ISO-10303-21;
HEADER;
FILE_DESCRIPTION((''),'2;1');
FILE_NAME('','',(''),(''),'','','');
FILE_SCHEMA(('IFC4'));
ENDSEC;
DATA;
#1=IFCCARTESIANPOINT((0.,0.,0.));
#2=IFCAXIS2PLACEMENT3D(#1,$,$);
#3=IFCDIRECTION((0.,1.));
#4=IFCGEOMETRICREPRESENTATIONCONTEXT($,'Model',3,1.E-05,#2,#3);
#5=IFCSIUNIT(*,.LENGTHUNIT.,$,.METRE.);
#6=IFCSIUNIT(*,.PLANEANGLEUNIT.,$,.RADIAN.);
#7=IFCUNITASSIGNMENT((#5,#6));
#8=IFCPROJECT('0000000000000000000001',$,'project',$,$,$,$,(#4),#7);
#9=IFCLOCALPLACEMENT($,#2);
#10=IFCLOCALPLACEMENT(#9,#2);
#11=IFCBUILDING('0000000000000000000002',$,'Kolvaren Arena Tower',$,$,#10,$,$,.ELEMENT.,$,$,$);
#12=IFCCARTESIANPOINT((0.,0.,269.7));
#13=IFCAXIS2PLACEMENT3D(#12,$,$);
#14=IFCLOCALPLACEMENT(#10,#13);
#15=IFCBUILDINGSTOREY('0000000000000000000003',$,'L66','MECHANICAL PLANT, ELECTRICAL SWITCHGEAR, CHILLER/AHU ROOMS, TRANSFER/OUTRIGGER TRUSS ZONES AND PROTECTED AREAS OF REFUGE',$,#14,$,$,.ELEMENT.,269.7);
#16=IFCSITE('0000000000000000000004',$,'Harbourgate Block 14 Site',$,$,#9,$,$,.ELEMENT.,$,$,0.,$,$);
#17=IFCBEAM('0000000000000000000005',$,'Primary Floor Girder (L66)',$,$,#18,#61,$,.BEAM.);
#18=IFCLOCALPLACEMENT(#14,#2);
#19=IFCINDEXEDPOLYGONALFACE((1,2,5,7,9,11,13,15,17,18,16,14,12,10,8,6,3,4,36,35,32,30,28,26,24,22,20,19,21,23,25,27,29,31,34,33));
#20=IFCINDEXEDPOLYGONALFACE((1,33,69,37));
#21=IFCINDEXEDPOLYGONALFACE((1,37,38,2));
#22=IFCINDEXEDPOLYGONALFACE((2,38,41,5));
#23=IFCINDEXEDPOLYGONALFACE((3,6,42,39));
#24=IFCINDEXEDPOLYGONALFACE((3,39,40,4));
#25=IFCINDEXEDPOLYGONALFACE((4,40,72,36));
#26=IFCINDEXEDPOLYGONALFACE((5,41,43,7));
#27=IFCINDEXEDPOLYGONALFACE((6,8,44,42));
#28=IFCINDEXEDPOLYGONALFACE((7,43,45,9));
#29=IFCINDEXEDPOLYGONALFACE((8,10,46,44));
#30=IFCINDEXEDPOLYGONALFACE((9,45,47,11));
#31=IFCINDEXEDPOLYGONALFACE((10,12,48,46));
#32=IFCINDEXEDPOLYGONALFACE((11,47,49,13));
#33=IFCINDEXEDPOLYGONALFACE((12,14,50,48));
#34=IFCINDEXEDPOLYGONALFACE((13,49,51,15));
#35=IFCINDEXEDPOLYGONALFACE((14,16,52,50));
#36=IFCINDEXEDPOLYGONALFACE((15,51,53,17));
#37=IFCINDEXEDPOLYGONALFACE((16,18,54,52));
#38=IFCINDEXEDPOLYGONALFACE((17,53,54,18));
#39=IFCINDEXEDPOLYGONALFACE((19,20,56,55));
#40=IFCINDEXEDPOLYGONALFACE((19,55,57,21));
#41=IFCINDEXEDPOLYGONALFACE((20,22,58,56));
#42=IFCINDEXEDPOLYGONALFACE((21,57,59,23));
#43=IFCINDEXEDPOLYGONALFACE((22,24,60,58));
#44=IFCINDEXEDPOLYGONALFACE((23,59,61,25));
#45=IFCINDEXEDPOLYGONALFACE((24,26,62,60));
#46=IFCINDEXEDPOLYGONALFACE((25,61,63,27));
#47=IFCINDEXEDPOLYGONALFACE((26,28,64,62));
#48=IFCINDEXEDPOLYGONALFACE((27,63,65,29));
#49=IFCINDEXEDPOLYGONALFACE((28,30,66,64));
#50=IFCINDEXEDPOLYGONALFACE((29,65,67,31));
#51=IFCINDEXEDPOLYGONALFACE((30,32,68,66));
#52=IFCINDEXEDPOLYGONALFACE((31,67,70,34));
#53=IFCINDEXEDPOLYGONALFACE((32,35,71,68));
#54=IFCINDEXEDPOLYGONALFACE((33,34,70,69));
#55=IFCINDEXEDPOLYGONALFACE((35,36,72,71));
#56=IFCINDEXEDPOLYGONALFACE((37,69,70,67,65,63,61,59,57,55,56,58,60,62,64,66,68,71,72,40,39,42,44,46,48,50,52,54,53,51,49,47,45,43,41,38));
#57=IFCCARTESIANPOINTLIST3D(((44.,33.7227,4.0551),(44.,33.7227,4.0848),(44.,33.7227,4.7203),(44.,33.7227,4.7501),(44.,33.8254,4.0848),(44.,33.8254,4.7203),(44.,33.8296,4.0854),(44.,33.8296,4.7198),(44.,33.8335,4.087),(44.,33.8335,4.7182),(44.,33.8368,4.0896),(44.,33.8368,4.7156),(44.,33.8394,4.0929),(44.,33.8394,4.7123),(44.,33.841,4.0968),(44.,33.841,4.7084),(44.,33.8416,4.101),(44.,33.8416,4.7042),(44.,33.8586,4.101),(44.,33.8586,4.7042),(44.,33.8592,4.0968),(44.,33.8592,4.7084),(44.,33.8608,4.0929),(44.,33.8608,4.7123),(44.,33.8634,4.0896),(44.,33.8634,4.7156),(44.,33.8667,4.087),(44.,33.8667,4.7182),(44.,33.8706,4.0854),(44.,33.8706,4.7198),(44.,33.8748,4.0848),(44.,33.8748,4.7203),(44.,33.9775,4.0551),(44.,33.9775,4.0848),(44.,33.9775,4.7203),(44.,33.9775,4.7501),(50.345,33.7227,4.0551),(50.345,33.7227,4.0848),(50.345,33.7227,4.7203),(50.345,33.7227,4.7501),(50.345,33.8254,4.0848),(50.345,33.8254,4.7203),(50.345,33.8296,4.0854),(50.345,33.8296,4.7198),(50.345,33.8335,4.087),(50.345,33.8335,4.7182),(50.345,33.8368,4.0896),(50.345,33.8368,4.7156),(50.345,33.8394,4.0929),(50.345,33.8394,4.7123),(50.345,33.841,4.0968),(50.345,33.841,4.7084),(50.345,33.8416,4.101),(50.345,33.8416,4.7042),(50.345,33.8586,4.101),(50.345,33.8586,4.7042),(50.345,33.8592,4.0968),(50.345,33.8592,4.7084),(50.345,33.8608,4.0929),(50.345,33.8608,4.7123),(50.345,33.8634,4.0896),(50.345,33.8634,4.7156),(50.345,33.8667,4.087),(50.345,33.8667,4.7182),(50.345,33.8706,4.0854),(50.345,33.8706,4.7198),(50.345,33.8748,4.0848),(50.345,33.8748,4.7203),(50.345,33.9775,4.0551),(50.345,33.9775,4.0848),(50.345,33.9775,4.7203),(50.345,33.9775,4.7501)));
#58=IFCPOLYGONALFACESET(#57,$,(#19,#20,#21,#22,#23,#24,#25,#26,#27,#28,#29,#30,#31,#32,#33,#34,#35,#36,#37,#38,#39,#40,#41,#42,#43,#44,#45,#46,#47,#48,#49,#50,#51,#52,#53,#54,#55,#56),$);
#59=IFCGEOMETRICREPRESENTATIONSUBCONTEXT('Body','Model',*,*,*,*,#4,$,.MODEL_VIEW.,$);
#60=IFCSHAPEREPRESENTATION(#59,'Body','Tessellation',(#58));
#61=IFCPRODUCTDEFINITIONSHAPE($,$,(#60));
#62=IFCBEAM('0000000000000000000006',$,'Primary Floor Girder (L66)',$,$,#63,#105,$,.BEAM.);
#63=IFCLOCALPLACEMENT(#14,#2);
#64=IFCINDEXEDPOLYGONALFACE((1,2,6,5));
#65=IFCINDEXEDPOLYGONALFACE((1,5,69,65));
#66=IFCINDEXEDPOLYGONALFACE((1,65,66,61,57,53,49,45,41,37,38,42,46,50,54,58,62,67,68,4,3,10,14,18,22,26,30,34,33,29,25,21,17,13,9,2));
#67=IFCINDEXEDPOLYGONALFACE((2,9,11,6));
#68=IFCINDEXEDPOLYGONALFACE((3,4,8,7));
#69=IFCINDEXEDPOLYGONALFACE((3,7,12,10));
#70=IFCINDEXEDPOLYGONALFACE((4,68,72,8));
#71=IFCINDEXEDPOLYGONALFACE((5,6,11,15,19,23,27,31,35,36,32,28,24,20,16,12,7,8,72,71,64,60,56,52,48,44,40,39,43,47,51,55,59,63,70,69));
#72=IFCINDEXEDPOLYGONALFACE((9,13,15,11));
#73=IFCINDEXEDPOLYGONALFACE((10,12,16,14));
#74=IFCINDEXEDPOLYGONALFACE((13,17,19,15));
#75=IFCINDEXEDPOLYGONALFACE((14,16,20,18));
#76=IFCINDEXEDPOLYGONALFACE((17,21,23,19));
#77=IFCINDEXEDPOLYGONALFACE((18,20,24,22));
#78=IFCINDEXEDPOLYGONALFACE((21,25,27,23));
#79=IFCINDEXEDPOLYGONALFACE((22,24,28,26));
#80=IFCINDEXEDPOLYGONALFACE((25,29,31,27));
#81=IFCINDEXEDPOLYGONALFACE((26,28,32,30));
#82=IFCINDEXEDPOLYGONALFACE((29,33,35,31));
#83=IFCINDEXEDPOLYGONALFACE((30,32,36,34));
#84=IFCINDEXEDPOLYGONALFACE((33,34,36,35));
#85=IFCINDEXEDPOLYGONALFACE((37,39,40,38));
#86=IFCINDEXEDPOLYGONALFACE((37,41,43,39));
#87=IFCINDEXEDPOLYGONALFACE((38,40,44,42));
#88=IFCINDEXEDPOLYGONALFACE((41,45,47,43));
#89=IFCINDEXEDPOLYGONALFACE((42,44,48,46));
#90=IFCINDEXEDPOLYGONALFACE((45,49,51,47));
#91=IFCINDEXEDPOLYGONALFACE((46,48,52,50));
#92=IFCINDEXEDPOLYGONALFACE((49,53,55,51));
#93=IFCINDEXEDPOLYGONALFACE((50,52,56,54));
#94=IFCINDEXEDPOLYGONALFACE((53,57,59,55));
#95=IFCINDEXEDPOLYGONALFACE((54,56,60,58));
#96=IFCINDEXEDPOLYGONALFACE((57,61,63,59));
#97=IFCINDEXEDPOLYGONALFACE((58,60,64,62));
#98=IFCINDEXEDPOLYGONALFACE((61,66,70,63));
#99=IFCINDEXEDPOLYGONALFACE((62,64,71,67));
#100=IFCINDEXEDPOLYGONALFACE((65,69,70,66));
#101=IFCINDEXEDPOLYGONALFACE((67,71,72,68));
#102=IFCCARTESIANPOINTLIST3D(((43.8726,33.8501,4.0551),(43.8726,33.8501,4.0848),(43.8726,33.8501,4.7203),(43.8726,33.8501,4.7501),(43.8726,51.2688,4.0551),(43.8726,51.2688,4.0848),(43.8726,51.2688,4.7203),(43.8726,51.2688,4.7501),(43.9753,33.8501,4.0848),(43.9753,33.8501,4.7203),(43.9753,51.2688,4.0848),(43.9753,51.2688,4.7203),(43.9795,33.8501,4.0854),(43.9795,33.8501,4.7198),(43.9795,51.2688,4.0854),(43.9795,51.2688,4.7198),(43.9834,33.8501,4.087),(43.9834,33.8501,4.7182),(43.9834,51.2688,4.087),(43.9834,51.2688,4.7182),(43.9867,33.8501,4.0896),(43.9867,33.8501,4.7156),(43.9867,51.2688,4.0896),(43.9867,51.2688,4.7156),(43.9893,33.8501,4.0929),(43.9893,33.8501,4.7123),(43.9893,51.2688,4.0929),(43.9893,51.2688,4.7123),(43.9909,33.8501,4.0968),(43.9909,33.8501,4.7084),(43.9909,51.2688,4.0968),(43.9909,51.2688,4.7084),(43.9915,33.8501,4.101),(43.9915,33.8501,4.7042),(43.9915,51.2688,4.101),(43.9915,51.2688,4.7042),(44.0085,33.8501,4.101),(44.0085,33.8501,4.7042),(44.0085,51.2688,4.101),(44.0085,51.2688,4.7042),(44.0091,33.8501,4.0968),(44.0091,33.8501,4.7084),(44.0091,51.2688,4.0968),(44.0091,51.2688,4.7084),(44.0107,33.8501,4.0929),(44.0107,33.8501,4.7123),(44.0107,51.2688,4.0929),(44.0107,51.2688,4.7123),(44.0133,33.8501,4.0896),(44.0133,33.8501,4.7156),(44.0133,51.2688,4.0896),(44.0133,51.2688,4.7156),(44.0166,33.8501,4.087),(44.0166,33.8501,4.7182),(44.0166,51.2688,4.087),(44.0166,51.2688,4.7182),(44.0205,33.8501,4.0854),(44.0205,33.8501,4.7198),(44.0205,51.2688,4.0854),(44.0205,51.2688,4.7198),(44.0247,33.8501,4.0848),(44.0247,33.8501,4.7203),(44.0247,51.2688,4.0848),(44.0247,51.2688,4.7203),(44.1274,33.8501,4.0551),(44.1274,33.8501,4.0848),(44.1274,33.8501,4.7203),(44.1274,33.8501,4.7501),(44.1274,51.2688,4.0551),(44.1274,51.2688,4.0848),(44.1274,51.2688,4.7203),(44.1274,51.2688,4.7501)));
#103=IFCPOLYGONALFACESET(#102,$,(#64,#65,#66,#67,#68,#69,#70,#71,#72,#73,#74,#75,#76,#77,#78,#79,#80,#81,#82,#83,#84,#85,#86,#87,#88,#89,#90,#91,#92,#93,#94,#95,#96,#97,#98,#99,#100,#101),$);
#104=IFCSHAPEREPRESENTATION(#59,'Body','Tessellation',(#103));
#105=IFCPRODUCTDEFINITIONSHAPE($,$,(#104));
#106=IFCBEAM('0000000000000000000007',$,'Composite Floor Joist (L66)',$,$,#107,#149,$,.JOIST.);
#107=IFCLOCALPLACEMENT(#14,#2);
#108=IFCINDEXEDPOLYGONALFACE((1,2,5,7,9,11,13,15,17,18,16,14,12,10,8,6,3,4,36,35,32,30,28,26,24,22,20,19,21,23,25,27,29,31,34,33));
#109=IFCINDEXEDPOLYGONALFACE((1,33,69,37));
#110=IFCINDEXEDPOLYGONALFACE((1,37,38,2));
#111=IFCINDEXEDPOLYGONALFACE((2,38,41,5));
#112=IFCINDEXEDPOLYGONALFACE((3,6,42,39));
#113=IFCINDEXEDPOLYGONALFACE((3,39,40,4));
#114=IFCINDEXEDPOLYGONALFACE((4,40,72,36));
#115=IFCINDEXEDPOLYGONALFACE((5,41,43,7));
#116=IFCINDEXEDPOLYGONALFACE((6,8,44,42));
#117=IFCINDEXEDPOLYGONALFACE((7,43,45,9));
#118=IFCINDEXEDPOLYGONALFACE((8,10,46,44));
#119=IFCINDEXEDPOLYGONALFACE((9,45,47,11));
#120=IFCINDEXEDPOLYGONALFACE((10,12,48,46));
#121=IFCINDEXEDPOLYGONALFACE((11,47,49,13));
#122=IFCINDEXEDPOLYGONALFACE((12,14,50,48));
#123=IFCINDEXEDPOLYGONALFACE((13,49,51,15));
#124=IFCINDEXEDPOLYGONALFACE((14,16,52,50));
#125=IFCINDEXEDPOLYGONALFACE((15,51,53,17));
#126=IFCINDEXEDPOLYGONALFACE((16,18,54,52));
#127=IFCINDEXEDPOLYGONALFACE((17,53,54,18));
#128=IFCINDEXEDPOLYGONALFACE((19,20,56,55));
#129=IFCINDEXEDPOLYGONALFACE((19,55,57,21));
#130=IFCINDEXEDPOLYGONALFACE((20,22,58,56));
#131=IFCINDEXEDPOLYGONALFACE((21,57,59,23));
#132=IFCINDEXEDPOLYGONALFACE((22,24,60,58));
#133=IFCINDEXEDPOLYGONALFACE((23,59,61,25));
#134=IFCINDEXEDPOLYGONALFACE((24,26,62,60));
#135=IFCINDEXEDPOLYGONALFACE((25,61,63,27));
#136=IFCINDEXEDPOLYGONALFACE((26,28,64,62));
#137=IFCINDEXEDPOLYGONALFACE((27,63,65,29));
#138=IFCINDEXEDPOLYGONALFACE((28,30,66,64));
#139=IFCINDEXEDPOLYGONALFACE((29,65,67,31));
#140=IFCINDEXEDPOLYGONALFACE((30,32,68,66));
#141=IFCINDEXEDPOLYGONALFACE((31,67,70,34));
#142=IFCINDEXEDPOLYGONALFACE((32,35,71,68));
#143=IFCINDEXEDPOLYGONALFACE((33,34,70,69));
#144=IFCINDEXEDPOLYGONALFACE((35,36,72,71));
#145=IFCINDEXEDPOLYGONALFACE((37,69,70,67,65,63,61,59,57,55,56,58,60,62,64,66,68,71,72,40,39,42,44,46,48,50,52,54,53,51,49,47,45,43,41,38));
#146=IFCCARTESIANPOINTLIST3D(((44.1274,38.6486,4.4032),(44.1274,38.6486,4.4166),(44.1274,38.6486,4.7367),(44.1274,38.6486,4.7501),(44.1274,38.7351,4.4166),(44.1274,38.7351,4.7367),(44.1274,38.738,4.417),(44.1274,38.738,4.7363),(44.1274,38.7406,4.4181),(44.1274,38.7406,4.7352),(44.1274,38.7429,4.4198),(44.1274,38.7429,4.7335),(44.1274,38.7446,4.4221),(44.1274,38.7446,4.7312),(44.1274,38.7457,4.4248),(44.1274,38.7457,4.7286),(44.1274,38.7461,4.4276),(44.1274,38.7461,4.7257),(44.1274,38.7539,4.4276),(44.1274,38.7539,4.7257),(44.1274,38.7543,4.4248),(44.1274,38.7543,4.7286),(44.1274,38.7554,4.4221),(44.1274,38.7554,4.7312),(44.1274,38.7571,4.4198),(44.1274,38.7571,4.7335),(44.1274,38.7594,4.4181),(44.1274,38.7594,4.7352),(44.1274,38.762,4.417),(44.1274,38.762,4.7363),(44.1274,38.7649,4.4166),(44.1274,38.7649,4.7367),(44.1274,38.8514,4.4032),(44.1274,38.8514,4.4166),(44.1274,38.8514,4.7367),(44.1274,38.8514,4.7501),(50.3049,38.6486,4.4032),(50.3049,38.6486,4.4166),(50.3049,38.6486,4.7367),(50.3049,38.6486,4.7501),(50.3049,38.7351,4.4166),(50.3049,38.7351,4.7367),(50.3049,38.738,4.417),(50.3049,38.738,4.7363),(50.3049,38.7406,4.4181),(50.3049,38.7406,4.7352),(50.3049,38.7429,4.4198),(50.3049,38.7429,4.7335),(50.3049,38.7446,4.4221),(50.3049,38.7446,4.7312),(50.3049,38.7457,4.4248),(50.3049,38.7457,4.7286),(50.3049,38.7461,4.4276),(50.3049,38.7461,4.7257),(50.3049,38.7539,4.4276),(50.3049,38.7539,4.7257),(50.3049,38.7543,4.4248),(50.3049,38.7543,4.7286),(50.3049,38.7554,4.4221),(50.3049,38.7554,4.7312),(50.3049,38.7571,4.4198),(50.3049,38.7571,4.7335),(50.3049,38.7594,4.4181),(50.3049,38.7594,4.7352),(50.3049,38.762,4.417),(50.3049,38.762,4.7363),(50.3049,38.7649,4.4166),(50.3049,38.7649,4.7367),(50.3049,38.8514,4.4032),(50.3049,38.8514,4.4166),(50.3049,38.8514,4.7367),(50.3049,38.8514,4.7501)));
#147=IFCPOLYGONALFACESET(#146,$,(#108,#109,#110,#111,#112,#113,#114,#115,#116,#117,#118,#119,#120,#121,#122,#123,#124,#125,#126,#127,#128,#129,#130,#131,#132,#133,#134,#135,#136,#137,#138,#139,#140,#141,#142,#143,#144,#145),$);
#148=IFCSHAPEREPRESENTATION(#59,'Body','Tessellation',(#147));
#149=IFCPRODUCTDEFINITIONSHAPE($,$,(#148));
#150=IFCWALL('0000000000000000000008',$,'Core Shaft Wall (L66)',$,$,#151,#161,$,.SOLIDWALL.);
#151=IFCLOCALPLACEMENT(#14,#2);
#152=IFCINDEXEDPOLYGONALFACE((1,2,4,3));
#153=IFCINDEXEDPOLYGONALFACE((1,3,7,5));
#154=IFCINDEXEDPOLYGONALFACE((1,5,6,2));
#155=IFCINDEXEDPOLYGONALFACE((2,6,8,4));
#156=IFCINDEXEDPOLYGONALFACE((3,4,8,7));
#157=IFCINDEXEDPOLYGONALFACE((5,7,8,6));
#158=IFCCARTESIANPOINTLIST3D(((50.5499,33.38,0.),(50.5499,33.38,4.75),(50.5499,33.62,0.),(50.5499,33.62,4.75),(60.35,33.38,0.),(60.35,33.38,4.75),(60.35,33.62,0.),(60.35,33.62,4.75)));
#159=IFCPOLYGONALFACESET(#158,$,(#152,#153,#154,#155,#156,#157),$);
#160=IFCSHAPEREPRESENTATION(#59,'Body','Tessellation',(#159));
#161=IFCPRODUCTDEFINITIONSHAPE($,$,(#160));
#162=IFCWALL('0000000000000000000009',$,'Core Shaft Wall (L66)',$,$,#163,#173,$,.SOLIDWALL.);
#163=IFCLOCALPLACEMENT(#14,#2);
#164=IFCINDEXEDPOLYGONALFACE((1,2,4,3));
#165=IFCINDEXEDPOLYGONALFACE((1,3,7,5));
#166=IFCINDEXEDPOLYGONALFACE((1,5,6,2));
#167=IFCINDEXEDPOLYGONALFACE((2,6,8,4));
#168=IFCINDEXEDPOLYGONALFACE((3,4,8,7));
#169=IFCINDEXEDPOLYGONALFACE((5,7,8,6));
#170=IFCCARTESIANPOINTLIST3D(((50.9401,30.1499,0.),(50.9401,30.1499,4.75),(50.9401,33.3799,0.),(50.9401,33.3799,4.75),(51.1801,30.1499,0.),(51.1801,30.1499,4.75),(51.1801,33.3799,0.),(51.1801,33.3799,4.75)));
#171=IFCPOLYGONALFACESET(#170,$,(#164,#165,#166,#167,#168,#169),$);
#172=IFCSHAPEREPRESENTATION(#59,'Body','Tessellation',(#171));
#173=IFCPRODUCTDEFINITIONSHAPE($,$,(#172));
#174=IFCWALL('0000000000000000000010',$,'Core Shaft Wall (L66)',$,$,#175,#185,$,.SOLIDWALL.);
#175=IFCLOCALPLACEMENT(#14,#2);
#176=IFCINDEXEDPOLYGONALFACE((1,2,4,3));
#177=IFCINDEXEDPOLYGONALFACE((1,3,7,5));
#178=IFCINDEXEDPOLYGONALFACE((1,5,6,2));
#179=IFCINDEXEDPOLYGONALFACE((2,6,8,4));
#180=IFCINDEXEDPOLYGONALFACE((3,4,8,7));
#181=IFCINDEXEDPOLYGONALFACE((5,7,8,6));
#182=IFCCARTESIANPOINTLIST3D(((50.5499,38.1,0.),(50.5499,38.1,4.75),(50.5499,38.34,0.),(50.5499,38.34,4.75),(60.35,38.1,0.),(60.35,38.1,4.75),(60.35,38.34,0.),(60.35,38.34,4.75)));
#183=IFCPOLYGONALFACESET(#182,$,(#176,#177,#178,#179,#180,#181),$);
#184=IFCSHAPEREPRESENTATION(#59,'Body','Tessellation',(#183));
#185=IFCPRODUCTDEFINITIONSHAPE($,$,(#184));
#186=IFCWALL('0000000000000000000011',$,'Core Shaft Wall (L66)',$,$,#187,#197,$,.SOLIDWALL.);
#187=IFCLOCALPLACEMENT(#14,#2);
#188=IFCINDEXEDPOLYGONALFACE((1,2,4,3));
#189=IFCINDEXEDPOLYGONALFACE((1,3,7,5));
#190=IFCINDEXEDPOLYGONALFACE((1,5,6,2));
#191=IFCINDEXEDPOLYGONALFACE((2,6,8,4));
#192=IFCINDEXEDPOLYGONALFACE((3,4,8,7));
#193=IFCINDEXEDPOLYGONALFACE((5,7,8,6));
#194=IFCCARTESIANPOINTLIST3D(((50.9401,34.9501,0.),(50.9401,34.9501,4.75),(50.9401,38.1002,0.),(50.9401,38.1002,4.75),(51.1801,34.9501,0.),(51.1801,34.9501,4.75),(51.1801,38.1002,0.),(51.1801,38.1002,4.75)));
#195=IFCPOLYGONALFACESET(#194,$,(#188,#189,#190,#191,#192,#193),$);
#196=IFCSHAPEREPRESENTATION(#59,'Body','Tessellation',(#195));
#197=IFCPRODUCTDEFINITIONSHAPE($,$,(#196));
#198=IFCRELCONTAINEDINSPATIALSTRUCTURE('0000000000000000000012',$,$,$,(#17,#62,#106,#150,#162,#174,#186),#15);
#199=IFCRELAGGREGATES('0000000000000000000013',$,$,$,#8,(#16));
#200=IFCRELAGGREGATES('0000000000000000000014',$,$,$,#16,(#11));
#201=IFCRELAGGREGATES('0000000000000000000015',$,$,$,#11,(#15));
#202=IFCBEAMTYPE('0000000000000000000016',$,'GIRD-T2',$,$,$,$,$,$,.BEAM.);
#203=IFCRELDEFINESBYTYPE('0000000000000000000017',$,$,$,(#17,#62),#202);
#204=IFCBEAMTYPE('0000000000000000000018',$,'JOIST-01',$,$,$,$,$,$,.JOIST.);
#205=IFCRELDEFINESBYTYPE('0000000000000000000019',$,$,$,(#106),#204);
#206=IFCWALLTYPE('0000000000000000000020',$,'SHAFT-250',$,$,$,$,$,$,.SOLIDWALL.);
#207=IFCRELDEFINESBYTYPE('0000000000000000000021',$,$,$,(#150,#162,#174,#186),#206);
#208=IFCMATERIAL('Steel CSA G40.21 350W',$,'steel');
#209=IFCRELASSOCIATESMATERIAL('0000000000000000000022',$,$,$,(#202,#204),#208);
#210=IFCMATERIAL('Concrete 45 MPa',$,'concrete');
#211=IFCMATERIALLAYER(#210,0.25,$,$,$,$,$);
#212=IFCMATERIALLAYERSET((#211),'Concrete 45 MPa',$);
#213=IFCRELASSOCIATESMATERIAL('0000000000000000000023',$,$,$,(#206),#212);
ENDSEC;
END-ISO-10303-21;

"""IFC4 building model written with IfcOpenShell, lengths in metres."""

from ifc_helpers import new_model, si_unit, direction, frame, frame_2d, origin, origin_2d, place, context, subcontext, project, spatial, rectangle, i_section, extrude, material, layer, layer_set, material_profile, profile_set, type_object, element, save


model = new_model("IFC4")

# Units and contexts
model_context = context("Model", 3, precision=1e-05, world=origin(), true_north=direction((0.0, 1.0)))
body_context = subcontext(model_context, "Body", "Model", "MODEL_VIEW")
ifc_project = project(units=[si_unit("LENGTHUNIT", "METRE"), si_unit("PLANEANGLEUNIT", "RADIAN")], contexts=[model_context])

# Site, building, storey
site_placement = place(None, origin())
site = spatial("IfcSite", under=ifc_project, at=site_placement, Name="Harbourgate Block 14 Site", CompositionType="ELEMENT", RefElevation=0.0)
building_placement = place(site_placement, origin())
building = spatial("IfcBuilding", under=site, at=building_placement, Name="Kolvaren Arena Tower", CompositionType="ELEMENT")
storey_placement = place(building_placement, frame((0.0, 0.0, 269.7)))
storey = spatial("IfcBuildingStorey", under=building, at=storey_placement, Name="L66", Description="MECHANICAL PLANT, ELECTRICAL SWITCHGEAR, CHILLER/AHU ROOMS, TRANSFER/OUTRIGGER TRUSS ZONES AND PROTECTED AREAS OF REFUGE", CompositionType="ELEMENT", Elevation=269.7)

# Beams
ifc_material_1 = material(Name="Steel CSA G40.21 350W", Category="steel")
ifc_material_profile_1 = material_profile(ifc_material_1, i_section(OverallWidth=0.2549, OverallDepth=0.6951, WebThickness=0.0171, FlangeThickness=0.0298, FilletRadius=0.0161, at=origin_2d()), Name="W690x217")
ifc_profile_set_1 = profile_set([ifc_material_profile_1], Name="Steel CSA G40.21 350W")
beam_type_1 = type_object("IfcBeamType", Name="GIRD-T2", PredefinedType="BEAM", material=ifc_profile_set_1)
beam_1_placement = place(storey_placement, frame((44.0, 33.8501, 4.4026), z_axis=(1.0, 0.0, 0.0), x_axis=(0.0, 1.0, 0.0)))
element("IfcBeam", 1, at=beam_1_placement, inside=storey, type_object=beam_type_1, Name="Primary Floor Girder (L66)", PredefinedType="BEAM", context=body_context, shape_type="SweptSolid", body=[
    extrude(i_section(OverallWidth=0.2549, OverallDepth=0.6951, WebThickness=0.0171, FlangeThickness=0.0298, FilletRadius=0.0161, at=origin_2d()), origin(), (0.0, 0.0, 1.0), 6.345),
])
beam_2_placement = place(storey_placement, frame((44.0, 33.8501, 4.4026), z_axis=(0.0, 1.0, 0.0), x_axis=(-1.0, 0.0, 0.0)))
element("IfcBeam", 2, at=beam_2_placement, inside=storey, type_object=beam_type_1, Name="Primary Floor Girder (L66)", PredefinedType="BEAM", context=body_context, shape_type="SweptSolid", body=[
    extrude(i_section(OverallWidth=0.2549, OverallDepth=0.6951, WebThickness=0.0171, FlangeThickness=0.0298, FilletRadius=0.0161, at=origin_2d()), origin(), (0.0, 0.0, 1.0), 17.4187),
])
ifc_material_profile_2 = material_profile(ifc_material_1, i_section(OverallWidth=0.2029, OverallDepth=0.3469, WebThickness=0.0078, FlangeThickness=0.0134, FilletRadius=0.011, at=origin_2d()), Name="W360x64")
ifc_profile_set_2 = profile_set([ifc_material_profile_2], Name="Steel CSA G40.21 350W")
beam_type_2 = type_object("IfcBeamType", Name="JOIST-01", PredefinedType="JOIST", material=ifc_profile_set_2)
beam_3_placement = place(storey_placement, frame((44.1274, 38.75, 4.5767), z_axis=(1.0, 0.0, 0.0), x_axis=(0.0, 1.0, 0.0)))
element("IfcBeam", 3, at=beam_3_placement, inside=storey, type_object=beam_type_2, Name="Composite Floor Joist (L66)", PredefinedType="JOIST", context=body_context, shape_type="SweptSolid", body=[
    extrude(i_section(OverallWidth=0.2029, OverallDepth=0.3469, WebThickness=0.0078, FlangeThickness=0.0134, FilletRadius=0.011, at=origin_2d()), origin(), (0.0, 0.0, 1.0), 6.1775),
])

# Walls
ifc_material_2 = material(Name="Concrete 45 MPa", Category="concrete")
ifc_layer = layer(ifc_material_2, 0.25)
ifc_layer_set = layer_set([ifc_layer], Name="Concrete 45 MPa")
wall_type = type_object("IfcWallType", Name="SHAFT-250", PredefinedType="SOLIDWALL", material=ifc_layer_set)
wall_1_placement = place(storey_placement, frame((50.55, 33.5, 0.0), z_axis=(0.0, 0.0, 1.0), x_axis=(1.0, 0.0, 0.0)))
element("IfcWall", 4, at=wall_1_placement, inside=storey, type_object=wall_type, Name="Core Shaft Wall (L66)", PredefinedType="SOLIDWALL", context=body_context, shape_type="SweptSolid", body=[
    extrude(rectangle(XDim=9.8, YDim=0.24, at=frame_2d((4.8999, 0.0))), origin(), (0.0, 0.0, 1.0), 4.75),
])
wall_2_placement = place(storey_placement, frame((51.0601, 30.1499, 0.0), z_axis=(0.0, 0.0, 1.0), x_axis=(0.0, 1.0, 0.0)))
element("IfcWall", 5, at=wall_2_placement, inside=storey, type_object=wall_type, Name="Core Shaft Wall (L66)", PredefinedType="SOLIDWALL", context=body_context, shape_type="SweptSolid", body=[
    extrude(rectangle(XDim=3.23, YDim=0.24, at=frame_2d((1.615, 0.0))), origin(), (0.0, 0.0, 1.0), 4.75),
])
wall_3_placement = place(storey_placement, frame((50.55, 38.22, 0.0), z_axis=(0.0, 0.0, 1.0), x_axis=(1.0, 0.0, 0.0)))
element("IfcWall", 6, at=wall_3_placement, inside=storey, type_object=wall_type, Name="Core Shaft Wall (L66)", PredefinedType="SOLIDWALL", context=body_context, shape_type="SweptSolid", body=[
    extrude(rectangle(XDim=9.8, YDim=0.24, at=frame_2d((4.8999, 0.0))), origin(), (0.0, 0.0, 1.0), 4.75),
])
wall_4_placement = place(storey_placement, frame((51.0601, 34.95, 0.0), z_axis=(0.0, 0.0, 1.0), x_axis=(0.0, 1.0, 0.0)))
element("IfcWall", 7, at=wall_4_placement, inside=storey, type_object=wall_type, Name="Core Shaft Wall (L66)", PredefinedType="SOLIDWALL", context=body_context, shape_type="SweptSolid", body=[
    extrude(rectangle(XDim=3.1501, YDim=0.24, at=frame_2d((1.5752, 0.0))), origin(), (0.0, 0.0, 1.0), 4.75),
])

save(model, "model.ifc")
